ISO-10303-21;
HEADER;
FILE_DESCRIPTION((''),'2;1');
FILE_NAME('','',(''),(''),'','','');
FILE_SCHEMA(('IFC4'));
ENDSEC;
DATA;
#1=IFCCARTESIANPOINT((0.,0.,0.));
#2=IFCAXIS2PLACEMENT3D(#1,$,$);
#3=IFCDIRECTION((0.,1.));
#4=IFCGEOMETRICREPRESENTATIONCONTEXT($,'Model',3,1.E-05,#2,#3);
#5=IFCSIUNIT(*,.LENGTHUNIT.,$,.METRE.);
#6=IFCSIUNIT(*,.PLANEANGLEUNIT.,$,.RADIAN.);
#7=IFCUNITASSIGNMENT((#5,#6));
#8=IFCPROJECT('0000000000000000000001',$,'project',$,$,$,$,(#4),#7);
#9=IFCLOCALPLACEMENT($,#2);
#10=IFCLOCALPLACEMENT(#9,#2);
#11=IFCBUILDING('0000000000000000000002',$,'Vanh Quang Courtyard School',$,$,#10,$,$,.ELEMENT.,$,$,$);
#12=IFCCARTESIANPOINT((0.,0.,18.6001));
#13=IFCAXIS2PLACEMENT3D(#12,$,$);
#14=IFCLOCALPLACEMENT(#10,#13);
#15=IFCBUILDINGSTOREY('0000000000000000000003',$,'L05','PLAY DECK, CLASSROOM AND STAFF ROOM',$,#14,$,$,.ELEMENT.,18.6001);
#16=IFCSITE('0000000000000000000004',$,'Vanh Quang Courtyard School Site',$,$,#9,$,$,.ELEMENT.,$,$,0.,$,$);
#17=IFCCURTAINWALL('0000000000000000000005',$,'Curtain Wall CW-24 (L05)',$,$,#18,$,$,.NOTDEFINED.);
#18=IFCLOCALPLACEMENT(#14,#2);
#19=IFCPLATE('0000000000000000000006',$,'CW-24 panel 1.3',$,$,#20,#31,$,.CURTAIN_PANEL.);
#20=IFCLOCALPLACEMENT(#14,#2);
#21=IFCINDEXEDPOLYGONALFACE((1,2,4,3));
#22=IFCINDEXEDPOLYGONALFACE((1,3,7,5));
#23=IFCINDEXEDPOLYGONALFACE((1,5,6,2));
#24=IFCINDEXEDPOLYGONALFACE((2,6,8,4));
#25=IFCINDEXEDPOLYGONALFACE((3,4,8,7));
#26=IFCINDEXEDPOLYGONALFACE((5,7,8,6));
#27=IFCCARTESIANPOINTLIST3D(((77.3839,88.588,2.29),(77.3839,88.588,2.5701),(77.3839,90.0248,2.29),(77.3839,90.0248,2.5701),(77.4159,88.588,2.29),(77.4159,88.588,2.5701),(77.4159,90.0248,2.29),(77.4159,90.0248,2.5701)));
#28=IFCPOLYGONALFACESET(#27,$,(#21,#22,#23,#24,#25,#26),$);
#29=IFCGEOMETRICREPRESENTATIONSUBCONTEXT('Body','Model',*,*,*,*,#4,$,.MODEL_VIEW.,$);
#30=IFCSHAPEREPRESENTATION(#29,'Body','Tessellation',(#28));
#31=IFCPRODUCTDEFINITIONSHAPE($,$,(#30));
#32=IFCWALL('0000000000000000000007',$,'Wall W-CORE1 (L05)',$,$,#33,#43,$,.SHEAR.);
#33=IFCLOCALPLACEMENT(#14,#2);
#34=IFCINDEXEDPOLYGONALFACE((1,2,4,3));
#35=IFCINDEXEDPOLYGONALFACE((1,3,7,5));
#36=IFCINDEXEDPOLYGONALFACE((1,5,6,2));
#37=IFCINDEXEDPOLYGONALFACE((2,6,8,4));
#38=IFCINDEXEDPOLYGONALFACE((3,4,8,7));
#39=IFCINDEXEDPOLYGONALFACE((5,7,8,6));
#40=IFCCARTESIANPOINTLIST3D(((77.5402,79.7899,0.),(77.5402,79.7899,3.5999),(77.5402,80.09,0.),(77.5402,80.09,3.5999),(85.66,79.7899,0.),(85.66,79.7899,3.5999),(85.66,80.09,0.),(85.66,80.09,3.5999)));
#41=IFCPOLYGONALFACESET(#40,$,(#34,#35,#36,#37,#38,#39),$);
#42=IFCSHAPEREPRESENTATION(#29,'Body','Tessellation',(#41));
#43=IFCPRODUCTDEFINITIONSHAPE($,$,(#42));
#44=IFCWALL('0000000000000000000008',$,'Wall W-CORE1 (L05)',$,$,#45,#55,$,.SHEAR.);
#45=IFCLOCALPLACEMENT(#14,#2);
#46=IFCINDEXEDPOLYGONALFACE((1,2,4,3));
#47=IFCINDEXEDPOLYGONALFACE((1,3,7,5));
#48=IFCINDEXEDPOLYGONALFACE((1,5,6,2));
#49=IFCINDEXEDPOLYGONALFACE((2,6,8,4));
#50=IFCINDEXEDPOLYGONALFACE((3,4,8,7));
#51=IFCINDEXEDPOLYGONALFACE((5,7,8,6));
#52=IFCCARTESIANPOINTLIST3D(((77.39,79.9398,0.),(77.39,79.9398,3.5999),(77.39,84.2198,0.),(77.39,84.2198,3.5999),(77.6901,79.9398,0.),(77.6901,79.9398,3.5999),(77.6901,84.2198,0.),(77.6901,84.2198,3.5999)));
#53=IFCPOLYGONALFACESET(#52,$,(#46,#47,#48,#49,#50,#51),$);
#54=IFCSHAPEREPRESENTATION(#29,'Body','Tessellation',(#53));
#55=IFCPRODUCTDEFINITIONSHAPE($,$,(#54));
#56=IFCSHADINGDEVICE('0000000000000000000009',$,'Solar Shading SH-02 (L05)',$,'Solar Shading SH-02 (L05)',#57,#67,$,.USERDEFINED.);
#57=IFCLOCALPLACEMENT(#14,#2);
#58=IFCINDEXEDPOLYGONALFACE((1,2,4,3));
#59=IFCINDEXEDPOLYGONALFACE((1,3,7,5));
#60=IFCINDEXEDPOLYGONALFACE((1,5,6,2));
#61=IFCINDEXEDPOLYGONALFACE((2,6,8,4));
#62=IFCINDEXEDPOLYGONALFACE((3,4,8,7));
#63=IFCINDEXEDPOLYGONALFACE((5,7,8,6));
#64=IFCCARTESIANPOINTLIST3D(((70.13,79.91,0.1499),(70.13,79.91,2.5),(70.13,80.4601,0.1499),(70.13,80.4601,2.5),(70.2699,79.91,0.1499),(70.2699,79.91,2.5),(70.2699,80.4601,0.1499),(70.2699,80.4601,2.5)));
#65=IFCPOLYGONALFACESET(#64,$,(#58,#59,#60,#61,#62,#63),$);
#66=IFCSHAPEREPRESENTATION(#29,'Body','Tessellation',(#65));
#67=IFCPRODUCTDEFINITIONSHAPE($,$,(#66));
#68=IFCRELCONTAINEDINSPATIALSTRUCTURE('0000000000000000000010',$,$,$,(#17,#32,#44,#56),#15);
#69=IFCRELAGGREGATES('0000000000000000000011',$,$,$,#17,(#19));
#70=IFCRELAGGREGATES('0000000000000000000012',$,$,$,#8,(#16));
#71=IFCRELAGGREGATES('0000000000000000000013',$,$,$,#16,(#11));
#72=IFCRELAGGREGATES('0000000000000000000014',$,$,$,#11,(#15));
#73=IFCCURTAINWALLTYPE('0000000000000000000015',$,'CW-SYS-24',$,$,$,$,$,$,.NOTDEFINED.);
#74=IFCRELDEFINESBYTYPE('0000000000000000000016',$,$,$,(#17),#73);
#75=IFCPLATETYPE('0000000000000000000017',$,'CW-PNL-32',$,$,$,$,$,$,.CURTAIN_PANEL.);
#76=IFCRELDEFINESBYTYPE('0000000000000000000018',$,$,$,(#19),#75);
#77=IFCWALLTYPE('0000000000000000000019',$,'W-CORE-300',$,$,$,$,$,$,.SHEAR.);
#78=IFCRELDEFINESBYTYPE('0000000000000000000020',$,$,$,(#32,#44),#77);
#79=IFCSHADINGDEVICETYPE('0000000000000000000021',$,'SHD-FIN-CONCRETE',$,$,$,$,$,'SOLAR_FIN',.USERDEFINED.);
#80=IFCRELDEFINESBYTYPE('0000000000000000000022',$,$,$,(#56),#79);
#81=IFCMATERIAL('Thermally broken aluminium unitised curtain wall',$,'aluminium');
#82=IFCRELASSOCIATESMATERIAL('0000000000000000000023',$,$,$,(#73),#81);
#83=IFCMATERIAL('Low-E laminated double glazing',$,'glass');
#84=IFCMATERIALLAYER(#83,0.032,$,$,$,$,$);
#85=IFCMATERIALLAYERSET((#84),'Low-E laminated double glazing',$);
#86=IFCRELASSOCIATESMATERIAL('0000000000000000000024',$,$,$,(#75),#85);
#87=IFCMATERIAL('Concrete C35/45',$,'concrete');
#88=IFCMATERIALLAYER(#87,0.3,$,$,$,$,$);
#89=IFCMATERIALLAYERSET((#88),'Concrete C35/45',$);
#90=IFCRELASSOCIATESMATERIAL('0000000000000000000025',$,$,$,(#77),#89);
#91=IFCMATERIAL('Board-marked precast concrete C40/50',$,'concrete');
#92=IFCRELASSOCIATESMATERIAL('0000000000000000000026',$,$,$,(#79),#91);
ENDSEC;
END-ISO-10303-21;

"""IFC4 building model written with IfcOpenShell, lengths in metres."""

from ifc_helpers import new_model, si_unit, direction, frame, frame_2d, origin, origin_2d, place, context, subcontext, project, spatial, rectangle, extrude, material, layer, layer_set, type_object, element, aggregate, save


model = new_model("IFC4")

# Units and contexts
model_context = context("Model", 3, precision=1e-05, world=origin(), true_north=direction((0.0, 1.0)))
body_context = subcontext(model_context, "Body", "Model", "MODEL_VIEW")
ifc_project = project(units=[si_unit("LENGTHUNIT", "METRE"), si_unit("PLANEANGLEUNIT", "RADIAN")], contexts=[model_context])

# Site, building, storey
site_placement = place(None, origin())
site = spatial("IfcSite", under=ifc_project, at=site_placement, Name="Vanh Quang Courtyard School Site", CompositionType="ELEMENT", RefElevation=0.0)
building_placement = place(site_placement, origin())
building = spatial("IfcBuilding", under=site, at=building_placement, Name="Vanh Quang Courtyard School", CompositionType="ELEMENT")
storey_placement = place(building_placement, frame((0.0, 0.0, 18.6001)))
storey = spatial("IfcBuildingStorey", under=building, at=storey_placement, Name="L05", Description="PLAY DECK, CLASSROOM AND STAFF ROOM", CompositionType="ELEMENT", Elevation=18.6001)

# Shared definitions
ifc_material_1 = material(Name="Concrete C35/45", Category="concrete")

# Curtain wall, plate
ifc_material_2 = material(Name="Thermally broken aluminium unitised curtain wall", Category="aluminium")
curtain_wall_type = type_object("IfcCurtainWallType", Name="CW-SYS-24", PredefinedType="NOTDEFINED", material=ifc_material_2)
curtain_wall_placement = place(storey_placement, origin())
curtain_wall = element("IfcCurtainWall", 1, at=curtain_wall_placement, inside=storey, type_object=curtain_wall_type, Name="Curtain Wall CW-24 (L05)", PredefinedType="NOTDEFINED")
ifc_material_3 = material(Name="Low-E laminated double glazing", Category="glass")
ifc_layer_1 = layer(ifc_material_3, 0.032)
ifc_layer_set_1 = layer_set([ifc_layer_1], Name="Low-E laminated double glazing")
plate_type = type_object("IfcPlateType", Name="CW-PNL-32", PredefinedType="CURTAIN_PANEL", material=ifc_layer_set_1)
plate_1_placement = place(storey_placement, frame((77.3999, 89.3064, 2.29), z_axis=(0.0, 0.0, 1.0), x_axis=(0.0, 1.0, 0.0)))
plate_1 = element("IfcPlate", 2, at=plate_1_placement, type_object=plate_type, Name="CW-24 panel 1.3", PredefinedType="CURTAIN_PANEL", context=body_context, shape_type="SweptSolid", body=[
    extrude(rectangle(XDim=1.4368, YDim=0.032, at=origin_2d()), origin(), (0.0, 0.0, 1.0), 0.28),
])
aggregate(curtain_wall, [plate_1])

# Walls
ifc_layer_2 = layer(ifc_material_1, 0.3)
ifc_layer_set_2 = layer_set([ifc_layer_2], Name="Concrete C35/45")
wall_type = type_object("IfcWallType", Name="W-CORE-300", PredefinedType="SHEAR", material=ifc_layer_set_2)
wall_1_placement = place(storey_placement, frame((77.54, 79.9399, 0.0), z_axis=(0.0, 0.0, 1.0), x_axis=(1.0, 0.0, 0.0)))
element("IfcWall", 3, at=wall_1_placement, inside=storey, type_object=wall_type, Name="Wall W-CORE1 (L05)", PredefinedType="SHEAR", context=body_context, shape_type="SweptSolid", body=[
    extrude(rectangle(XDim=8.1199, YDim=0.3, at=frame_2d((4.0601, 0.0))), origin(), (0.0, 0.0, 1.0), 3.5999),
])
wall_2_placement = place(storey_placement, frame((77.54, 84.22, 0.0), z_axis=(0.0, 0.0, 1.0), x_axis=(0.0, -1.0, 0.0)))
element("IfcWall", 4, at=wall_2_placement, inside=storey, type_object=wall_type, Name="Wall W-CORE1 (L05)", PredefinedType="SHEAR", context=body_context, shape_type="SweptSolid", body=[
    extrude(rectangle(XDim=4.28, YDim=0.3, at=frame_2d((2.1401, 0.0))), origin(), (0.0, 0.0, 1.0), 3.5999),
])

# Shading device
ifc_material_4 = material(Name="Board-marked precast concrete C40/50", Category="concrete")
shading_device_type = type_object("IfcShadingDeviceType", Name="SHD-FIN-CONCRETE", ElementType="SOLAR_FIN", PredefinedType="USERDEFINED", material=ifc_material_4)
shading_device_placement = place(storey_placement, frame((70.2, 80.1851, 0.1499), z_axis=(0.0, 0.0, 1.0), x_axis=(1.0, 0.0, 0.0)))
element("IfcShadingDevice", 5, at=shading_device_placement, inside=storey, type_object=shading_device_type, Name="Solar Shading SH-02 (L05)", ObjectType="Solar Shading SH-02 (L05)", PredefinedType="USERDEFINED", context=body_context, shape_type="SweptSolid", body=[
    extrude(rectangle(XDim=0.1399, YDim=0.55, at=origin_2d()), origin(), (0.0, 0.0, 1.0), 2.3501),
])

save(model, "model.ifc")
